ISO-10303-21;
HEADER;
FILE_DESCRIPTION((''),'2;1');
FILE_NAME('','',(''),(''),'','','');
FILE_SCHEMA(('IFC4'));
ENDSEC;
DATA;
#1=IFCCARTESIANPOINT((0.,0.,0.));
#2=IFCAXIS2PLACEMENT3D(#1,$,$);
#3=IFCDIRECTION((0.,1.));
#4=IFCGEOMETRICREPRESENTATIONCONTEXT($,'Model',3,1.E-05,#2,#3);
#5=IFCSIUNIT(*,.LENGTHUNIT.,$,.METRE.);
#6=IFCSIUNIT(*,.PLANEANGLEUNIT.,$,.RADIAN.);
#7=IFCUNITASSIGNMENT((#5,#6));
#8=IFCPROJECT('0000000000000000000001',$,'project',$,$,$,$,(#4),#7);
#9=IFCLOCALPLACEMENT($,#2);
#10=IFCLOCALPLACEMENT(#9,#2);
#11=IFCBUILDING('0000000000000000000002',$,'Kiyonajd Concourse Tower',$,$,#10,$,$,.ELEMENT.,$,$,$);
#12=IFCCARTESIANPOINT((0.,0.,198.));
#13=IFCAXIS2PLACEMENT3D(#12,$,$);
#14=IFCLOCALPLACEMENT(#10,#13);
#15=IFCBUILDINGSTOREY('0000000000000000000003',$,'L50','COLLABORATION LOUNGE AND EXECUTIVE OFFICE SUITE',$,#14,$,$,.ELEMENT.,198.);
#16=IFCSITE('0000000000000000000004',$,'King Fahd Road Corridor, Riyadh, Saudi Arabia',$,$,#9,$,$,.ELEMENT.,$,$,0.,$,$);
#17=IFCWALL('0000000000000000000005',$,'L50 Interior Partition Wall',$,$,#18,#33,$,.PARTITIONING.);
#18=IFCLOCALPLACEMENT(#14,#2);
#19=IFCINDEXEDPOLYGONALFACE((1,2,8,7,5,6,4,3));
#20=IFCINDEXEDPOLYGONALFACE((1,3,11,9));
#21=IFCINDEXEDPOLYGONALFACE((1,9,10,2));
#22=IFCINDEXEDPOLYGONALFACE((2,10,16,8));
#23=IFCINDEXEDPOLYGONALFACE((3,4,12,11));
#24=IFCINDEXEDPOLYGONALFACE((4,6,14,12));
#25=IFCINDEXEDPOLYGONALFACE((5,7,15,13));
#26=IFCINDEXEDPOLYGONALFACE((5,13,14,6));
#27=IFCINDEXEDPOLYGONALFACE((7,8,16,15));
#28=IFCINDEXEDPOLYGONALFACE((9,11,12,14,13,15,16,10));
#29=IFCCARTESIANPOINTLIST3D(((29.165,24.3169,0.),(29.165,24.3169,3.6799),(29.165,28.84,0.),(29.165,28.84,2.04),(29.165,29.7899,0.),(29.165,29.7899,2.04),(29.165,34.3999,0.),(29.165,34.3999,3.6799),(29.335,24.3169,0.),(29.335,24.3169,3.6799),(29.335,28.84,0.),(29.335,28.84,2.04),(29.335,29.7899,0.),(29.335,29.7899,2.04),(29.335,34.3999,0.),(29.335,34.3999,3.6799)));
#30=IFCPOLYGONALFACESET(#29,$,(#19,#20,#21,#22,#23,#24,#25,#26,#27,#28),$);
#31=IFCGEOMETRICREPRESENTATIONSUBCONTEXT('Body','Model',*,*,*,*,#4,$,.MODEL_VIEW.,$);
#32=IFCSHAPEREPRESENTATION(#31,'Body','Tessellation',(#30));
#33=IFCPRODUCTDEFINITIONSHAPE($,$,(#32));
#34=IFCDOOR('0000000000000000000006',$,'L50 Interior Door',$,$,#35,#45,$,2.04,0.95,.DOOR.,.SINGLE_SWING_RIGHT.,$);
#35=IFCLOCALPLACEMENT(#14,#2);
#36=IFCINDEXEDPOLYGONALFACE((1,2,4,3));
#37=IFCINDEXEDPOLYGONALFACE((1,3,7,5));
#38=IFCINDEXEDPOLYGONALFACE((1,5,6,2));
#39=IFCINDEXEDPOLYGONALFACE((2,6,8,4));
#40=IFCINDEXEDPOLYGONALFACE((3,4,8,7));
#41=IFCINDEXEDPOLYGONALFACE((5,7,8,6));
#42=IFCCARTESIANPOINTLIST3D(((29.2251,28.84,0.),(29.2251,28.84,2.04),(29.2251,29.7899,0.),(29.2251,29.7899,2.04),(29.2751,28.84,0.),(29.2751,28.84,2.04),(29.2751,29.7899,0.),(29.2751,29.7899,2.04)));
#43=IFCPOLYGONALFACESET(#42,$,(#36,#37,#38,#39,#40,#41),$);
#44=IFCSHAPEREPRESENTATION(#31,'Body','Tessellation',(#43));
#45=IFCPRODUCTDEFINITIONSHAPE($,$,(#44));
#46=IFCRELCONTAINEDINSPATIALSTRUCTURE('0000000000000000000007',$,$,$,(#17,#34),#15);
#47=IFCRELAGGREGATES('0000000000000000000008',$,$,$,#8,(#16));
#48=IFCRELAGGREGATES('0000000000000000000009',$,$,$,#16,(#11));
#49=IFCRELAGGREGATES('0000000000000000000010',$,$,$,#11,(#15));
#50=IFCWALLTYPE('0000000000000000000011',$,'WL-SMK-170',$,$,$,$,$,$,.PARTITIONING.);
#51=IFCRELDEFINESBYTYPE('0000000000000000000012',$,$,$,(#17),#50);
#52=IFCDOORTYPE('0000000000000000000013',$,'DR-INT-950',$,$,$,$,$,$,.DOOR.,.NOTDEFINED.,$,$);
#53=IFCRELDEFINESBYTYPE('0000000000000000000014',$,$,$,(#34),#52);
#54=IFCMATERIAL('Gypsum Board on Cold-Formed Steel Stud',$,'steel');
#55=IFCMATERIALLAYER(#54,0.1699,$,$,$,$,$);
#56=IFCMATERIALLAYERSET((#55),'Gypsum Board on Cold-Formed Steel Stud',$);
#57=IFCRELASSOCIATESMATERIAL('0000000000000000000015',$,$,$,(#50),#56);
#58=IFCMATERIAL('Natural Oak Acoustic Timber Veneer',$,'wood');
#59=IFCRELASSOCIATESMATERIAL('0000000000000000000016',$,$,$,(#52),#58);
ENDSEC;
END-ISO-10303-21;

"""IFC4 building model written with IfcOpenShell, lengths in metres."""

from ifc_helpers import new_model, si_unit, direction, frame, frame_2d, origin, place, context, subcontext, project, spatial, rectangle, extrude, material, layer, layer_set, type_object, element, fill, save


model = new_model("IFC4")

# Units and contexts
model_context = context("Model", 3, precision=1e-05, world=origin(), true_north=direction((0.0, 1.0)))
body_context = subcontext(model_context, "Body", "Model", "MODEL_VIEW")
ifc_project = project(units=[si_unit("LENGTHUNIT", "METRE"), si_unit("PLANEANGLEUNIT", "RADIAN")], contexts=[model_context])

# Site, building, storey
site_placement = place(None, origin())
site = spatial("IfcSite", under=ifc_project, at=site_placement, Name="King Fahd Road Corridor, Riyadh, Saudi Arabia", CompositionType="ELEMENT", RefElevation=0.0)
building_placement = place(site_placement, origin())
building = spatial("IfcBuilding", under=site, at=building_placement, Name="Kiyonajd Concourse Tower", CompositionType="ELEMENT")
storey_placement = place(building_placement, frame((0.0, 0.0, 198.0)))
storey = spatial("IfcBuildingStorey", under=building, at=storey_placement, Name="L50", Description="COLLABORATION LOUNGE AND EXECUTIVE OFFICE SUITE", CompositionType="ELEMENT", Elevation=198.0)

# Shared definitions
ifc_material_1 = material(Name="Gypsum Board on Cold-Formed Steel Stud", Category="steel")

# Shared definitions
ifc_layer_1 = layer(ifc_material_1, 0.1699)
ifc_layer_set_1 = layer_set([ifc_layer_1], Name="Gypsum Board on Cold-Formed Steel Stud")
wall_type_1 = type_object("IfcWallType", Name="WL-SMK-170", PredefinedType="PARTITIONING", material=ifc_layer_set_1)
ifc_material_2 = material(Name="Natural Oak Acoustic Timber Veneer", Category="wood")
door_type_1 = type_object("IfcDoorType", Name="DR-INT-950", OperationType="NOTDEFINED", PredefinedType="DOOR", material=ifc_material_2)

# Wall, opening, door
wall_1_placement = place(storey_placement, frame((29.25, 24.3169, 0.0), z_axis=(0.0, 0.0, 1.0), x_axis=(0.0, 1.0, 0.0)))
wall_1 = element("IfcWall", 1, at=wall_1_placement, inside=storey, type_object=wall_type_1, Name="L50 Interior Partition Wall", PredefinedType="PARTITIONING", context=body_context, shape_type="SweptSolid", body=[
    extrude(rectangle(XDim=10.083, YDim=0.1699, at=frame_2d((5.0415, 0.0))), origin(), (0.0, 0.0, 1.0), 3.6799),
])
opening_1_placement = place(wall_1_placement, frame((4.5229, 0.0, 0.0)))
opening_1 = element("IfcOpeningElement", 2, at=opening_1_placement, cuts=wall_1, PredefinedType="OPENING", context=body_context, shape_type="SweptSolid", body=[
    extrude(rectangle(XDim=0.95, YDim=2.04, at=frame_2d((0.4751, 1.02))), frame((0.0, 0.095, 0.0), z_axis=(0.0, -1.0, 0.0), x_axis=(1.0, 0.0, 0.0)), (0.0, 0.0, 1.0), 0.1899),
])
door_1_placement = place(opening_1_placement, origin())
door_1 = element("IfcDoor", 3, at=door_1_placement, inside=storey, type_object=door_type_1, Name="L50 Interior Door", OperationType="SINGLE_SWING_RIGHT", OverallHeight=2.04, OverallWidth=0.95, PredefinedType="DOOR", context=body_context, shape_type="SweptSolid", body=[
    extrude(rectangle(XDim=0.95, YDim=2.04, at=frame_2d((0.4751, 1.02))), frame((0.0, 0.0249, 0.0), z_axis=(0.0, -1.0, 0.0), x_axis=(1.0, 0.0, 0.0)), (0.0, 0.0, 1.0), 0.05),
])
fill(opening_1, door_1)

save(model, "model.ifc")
